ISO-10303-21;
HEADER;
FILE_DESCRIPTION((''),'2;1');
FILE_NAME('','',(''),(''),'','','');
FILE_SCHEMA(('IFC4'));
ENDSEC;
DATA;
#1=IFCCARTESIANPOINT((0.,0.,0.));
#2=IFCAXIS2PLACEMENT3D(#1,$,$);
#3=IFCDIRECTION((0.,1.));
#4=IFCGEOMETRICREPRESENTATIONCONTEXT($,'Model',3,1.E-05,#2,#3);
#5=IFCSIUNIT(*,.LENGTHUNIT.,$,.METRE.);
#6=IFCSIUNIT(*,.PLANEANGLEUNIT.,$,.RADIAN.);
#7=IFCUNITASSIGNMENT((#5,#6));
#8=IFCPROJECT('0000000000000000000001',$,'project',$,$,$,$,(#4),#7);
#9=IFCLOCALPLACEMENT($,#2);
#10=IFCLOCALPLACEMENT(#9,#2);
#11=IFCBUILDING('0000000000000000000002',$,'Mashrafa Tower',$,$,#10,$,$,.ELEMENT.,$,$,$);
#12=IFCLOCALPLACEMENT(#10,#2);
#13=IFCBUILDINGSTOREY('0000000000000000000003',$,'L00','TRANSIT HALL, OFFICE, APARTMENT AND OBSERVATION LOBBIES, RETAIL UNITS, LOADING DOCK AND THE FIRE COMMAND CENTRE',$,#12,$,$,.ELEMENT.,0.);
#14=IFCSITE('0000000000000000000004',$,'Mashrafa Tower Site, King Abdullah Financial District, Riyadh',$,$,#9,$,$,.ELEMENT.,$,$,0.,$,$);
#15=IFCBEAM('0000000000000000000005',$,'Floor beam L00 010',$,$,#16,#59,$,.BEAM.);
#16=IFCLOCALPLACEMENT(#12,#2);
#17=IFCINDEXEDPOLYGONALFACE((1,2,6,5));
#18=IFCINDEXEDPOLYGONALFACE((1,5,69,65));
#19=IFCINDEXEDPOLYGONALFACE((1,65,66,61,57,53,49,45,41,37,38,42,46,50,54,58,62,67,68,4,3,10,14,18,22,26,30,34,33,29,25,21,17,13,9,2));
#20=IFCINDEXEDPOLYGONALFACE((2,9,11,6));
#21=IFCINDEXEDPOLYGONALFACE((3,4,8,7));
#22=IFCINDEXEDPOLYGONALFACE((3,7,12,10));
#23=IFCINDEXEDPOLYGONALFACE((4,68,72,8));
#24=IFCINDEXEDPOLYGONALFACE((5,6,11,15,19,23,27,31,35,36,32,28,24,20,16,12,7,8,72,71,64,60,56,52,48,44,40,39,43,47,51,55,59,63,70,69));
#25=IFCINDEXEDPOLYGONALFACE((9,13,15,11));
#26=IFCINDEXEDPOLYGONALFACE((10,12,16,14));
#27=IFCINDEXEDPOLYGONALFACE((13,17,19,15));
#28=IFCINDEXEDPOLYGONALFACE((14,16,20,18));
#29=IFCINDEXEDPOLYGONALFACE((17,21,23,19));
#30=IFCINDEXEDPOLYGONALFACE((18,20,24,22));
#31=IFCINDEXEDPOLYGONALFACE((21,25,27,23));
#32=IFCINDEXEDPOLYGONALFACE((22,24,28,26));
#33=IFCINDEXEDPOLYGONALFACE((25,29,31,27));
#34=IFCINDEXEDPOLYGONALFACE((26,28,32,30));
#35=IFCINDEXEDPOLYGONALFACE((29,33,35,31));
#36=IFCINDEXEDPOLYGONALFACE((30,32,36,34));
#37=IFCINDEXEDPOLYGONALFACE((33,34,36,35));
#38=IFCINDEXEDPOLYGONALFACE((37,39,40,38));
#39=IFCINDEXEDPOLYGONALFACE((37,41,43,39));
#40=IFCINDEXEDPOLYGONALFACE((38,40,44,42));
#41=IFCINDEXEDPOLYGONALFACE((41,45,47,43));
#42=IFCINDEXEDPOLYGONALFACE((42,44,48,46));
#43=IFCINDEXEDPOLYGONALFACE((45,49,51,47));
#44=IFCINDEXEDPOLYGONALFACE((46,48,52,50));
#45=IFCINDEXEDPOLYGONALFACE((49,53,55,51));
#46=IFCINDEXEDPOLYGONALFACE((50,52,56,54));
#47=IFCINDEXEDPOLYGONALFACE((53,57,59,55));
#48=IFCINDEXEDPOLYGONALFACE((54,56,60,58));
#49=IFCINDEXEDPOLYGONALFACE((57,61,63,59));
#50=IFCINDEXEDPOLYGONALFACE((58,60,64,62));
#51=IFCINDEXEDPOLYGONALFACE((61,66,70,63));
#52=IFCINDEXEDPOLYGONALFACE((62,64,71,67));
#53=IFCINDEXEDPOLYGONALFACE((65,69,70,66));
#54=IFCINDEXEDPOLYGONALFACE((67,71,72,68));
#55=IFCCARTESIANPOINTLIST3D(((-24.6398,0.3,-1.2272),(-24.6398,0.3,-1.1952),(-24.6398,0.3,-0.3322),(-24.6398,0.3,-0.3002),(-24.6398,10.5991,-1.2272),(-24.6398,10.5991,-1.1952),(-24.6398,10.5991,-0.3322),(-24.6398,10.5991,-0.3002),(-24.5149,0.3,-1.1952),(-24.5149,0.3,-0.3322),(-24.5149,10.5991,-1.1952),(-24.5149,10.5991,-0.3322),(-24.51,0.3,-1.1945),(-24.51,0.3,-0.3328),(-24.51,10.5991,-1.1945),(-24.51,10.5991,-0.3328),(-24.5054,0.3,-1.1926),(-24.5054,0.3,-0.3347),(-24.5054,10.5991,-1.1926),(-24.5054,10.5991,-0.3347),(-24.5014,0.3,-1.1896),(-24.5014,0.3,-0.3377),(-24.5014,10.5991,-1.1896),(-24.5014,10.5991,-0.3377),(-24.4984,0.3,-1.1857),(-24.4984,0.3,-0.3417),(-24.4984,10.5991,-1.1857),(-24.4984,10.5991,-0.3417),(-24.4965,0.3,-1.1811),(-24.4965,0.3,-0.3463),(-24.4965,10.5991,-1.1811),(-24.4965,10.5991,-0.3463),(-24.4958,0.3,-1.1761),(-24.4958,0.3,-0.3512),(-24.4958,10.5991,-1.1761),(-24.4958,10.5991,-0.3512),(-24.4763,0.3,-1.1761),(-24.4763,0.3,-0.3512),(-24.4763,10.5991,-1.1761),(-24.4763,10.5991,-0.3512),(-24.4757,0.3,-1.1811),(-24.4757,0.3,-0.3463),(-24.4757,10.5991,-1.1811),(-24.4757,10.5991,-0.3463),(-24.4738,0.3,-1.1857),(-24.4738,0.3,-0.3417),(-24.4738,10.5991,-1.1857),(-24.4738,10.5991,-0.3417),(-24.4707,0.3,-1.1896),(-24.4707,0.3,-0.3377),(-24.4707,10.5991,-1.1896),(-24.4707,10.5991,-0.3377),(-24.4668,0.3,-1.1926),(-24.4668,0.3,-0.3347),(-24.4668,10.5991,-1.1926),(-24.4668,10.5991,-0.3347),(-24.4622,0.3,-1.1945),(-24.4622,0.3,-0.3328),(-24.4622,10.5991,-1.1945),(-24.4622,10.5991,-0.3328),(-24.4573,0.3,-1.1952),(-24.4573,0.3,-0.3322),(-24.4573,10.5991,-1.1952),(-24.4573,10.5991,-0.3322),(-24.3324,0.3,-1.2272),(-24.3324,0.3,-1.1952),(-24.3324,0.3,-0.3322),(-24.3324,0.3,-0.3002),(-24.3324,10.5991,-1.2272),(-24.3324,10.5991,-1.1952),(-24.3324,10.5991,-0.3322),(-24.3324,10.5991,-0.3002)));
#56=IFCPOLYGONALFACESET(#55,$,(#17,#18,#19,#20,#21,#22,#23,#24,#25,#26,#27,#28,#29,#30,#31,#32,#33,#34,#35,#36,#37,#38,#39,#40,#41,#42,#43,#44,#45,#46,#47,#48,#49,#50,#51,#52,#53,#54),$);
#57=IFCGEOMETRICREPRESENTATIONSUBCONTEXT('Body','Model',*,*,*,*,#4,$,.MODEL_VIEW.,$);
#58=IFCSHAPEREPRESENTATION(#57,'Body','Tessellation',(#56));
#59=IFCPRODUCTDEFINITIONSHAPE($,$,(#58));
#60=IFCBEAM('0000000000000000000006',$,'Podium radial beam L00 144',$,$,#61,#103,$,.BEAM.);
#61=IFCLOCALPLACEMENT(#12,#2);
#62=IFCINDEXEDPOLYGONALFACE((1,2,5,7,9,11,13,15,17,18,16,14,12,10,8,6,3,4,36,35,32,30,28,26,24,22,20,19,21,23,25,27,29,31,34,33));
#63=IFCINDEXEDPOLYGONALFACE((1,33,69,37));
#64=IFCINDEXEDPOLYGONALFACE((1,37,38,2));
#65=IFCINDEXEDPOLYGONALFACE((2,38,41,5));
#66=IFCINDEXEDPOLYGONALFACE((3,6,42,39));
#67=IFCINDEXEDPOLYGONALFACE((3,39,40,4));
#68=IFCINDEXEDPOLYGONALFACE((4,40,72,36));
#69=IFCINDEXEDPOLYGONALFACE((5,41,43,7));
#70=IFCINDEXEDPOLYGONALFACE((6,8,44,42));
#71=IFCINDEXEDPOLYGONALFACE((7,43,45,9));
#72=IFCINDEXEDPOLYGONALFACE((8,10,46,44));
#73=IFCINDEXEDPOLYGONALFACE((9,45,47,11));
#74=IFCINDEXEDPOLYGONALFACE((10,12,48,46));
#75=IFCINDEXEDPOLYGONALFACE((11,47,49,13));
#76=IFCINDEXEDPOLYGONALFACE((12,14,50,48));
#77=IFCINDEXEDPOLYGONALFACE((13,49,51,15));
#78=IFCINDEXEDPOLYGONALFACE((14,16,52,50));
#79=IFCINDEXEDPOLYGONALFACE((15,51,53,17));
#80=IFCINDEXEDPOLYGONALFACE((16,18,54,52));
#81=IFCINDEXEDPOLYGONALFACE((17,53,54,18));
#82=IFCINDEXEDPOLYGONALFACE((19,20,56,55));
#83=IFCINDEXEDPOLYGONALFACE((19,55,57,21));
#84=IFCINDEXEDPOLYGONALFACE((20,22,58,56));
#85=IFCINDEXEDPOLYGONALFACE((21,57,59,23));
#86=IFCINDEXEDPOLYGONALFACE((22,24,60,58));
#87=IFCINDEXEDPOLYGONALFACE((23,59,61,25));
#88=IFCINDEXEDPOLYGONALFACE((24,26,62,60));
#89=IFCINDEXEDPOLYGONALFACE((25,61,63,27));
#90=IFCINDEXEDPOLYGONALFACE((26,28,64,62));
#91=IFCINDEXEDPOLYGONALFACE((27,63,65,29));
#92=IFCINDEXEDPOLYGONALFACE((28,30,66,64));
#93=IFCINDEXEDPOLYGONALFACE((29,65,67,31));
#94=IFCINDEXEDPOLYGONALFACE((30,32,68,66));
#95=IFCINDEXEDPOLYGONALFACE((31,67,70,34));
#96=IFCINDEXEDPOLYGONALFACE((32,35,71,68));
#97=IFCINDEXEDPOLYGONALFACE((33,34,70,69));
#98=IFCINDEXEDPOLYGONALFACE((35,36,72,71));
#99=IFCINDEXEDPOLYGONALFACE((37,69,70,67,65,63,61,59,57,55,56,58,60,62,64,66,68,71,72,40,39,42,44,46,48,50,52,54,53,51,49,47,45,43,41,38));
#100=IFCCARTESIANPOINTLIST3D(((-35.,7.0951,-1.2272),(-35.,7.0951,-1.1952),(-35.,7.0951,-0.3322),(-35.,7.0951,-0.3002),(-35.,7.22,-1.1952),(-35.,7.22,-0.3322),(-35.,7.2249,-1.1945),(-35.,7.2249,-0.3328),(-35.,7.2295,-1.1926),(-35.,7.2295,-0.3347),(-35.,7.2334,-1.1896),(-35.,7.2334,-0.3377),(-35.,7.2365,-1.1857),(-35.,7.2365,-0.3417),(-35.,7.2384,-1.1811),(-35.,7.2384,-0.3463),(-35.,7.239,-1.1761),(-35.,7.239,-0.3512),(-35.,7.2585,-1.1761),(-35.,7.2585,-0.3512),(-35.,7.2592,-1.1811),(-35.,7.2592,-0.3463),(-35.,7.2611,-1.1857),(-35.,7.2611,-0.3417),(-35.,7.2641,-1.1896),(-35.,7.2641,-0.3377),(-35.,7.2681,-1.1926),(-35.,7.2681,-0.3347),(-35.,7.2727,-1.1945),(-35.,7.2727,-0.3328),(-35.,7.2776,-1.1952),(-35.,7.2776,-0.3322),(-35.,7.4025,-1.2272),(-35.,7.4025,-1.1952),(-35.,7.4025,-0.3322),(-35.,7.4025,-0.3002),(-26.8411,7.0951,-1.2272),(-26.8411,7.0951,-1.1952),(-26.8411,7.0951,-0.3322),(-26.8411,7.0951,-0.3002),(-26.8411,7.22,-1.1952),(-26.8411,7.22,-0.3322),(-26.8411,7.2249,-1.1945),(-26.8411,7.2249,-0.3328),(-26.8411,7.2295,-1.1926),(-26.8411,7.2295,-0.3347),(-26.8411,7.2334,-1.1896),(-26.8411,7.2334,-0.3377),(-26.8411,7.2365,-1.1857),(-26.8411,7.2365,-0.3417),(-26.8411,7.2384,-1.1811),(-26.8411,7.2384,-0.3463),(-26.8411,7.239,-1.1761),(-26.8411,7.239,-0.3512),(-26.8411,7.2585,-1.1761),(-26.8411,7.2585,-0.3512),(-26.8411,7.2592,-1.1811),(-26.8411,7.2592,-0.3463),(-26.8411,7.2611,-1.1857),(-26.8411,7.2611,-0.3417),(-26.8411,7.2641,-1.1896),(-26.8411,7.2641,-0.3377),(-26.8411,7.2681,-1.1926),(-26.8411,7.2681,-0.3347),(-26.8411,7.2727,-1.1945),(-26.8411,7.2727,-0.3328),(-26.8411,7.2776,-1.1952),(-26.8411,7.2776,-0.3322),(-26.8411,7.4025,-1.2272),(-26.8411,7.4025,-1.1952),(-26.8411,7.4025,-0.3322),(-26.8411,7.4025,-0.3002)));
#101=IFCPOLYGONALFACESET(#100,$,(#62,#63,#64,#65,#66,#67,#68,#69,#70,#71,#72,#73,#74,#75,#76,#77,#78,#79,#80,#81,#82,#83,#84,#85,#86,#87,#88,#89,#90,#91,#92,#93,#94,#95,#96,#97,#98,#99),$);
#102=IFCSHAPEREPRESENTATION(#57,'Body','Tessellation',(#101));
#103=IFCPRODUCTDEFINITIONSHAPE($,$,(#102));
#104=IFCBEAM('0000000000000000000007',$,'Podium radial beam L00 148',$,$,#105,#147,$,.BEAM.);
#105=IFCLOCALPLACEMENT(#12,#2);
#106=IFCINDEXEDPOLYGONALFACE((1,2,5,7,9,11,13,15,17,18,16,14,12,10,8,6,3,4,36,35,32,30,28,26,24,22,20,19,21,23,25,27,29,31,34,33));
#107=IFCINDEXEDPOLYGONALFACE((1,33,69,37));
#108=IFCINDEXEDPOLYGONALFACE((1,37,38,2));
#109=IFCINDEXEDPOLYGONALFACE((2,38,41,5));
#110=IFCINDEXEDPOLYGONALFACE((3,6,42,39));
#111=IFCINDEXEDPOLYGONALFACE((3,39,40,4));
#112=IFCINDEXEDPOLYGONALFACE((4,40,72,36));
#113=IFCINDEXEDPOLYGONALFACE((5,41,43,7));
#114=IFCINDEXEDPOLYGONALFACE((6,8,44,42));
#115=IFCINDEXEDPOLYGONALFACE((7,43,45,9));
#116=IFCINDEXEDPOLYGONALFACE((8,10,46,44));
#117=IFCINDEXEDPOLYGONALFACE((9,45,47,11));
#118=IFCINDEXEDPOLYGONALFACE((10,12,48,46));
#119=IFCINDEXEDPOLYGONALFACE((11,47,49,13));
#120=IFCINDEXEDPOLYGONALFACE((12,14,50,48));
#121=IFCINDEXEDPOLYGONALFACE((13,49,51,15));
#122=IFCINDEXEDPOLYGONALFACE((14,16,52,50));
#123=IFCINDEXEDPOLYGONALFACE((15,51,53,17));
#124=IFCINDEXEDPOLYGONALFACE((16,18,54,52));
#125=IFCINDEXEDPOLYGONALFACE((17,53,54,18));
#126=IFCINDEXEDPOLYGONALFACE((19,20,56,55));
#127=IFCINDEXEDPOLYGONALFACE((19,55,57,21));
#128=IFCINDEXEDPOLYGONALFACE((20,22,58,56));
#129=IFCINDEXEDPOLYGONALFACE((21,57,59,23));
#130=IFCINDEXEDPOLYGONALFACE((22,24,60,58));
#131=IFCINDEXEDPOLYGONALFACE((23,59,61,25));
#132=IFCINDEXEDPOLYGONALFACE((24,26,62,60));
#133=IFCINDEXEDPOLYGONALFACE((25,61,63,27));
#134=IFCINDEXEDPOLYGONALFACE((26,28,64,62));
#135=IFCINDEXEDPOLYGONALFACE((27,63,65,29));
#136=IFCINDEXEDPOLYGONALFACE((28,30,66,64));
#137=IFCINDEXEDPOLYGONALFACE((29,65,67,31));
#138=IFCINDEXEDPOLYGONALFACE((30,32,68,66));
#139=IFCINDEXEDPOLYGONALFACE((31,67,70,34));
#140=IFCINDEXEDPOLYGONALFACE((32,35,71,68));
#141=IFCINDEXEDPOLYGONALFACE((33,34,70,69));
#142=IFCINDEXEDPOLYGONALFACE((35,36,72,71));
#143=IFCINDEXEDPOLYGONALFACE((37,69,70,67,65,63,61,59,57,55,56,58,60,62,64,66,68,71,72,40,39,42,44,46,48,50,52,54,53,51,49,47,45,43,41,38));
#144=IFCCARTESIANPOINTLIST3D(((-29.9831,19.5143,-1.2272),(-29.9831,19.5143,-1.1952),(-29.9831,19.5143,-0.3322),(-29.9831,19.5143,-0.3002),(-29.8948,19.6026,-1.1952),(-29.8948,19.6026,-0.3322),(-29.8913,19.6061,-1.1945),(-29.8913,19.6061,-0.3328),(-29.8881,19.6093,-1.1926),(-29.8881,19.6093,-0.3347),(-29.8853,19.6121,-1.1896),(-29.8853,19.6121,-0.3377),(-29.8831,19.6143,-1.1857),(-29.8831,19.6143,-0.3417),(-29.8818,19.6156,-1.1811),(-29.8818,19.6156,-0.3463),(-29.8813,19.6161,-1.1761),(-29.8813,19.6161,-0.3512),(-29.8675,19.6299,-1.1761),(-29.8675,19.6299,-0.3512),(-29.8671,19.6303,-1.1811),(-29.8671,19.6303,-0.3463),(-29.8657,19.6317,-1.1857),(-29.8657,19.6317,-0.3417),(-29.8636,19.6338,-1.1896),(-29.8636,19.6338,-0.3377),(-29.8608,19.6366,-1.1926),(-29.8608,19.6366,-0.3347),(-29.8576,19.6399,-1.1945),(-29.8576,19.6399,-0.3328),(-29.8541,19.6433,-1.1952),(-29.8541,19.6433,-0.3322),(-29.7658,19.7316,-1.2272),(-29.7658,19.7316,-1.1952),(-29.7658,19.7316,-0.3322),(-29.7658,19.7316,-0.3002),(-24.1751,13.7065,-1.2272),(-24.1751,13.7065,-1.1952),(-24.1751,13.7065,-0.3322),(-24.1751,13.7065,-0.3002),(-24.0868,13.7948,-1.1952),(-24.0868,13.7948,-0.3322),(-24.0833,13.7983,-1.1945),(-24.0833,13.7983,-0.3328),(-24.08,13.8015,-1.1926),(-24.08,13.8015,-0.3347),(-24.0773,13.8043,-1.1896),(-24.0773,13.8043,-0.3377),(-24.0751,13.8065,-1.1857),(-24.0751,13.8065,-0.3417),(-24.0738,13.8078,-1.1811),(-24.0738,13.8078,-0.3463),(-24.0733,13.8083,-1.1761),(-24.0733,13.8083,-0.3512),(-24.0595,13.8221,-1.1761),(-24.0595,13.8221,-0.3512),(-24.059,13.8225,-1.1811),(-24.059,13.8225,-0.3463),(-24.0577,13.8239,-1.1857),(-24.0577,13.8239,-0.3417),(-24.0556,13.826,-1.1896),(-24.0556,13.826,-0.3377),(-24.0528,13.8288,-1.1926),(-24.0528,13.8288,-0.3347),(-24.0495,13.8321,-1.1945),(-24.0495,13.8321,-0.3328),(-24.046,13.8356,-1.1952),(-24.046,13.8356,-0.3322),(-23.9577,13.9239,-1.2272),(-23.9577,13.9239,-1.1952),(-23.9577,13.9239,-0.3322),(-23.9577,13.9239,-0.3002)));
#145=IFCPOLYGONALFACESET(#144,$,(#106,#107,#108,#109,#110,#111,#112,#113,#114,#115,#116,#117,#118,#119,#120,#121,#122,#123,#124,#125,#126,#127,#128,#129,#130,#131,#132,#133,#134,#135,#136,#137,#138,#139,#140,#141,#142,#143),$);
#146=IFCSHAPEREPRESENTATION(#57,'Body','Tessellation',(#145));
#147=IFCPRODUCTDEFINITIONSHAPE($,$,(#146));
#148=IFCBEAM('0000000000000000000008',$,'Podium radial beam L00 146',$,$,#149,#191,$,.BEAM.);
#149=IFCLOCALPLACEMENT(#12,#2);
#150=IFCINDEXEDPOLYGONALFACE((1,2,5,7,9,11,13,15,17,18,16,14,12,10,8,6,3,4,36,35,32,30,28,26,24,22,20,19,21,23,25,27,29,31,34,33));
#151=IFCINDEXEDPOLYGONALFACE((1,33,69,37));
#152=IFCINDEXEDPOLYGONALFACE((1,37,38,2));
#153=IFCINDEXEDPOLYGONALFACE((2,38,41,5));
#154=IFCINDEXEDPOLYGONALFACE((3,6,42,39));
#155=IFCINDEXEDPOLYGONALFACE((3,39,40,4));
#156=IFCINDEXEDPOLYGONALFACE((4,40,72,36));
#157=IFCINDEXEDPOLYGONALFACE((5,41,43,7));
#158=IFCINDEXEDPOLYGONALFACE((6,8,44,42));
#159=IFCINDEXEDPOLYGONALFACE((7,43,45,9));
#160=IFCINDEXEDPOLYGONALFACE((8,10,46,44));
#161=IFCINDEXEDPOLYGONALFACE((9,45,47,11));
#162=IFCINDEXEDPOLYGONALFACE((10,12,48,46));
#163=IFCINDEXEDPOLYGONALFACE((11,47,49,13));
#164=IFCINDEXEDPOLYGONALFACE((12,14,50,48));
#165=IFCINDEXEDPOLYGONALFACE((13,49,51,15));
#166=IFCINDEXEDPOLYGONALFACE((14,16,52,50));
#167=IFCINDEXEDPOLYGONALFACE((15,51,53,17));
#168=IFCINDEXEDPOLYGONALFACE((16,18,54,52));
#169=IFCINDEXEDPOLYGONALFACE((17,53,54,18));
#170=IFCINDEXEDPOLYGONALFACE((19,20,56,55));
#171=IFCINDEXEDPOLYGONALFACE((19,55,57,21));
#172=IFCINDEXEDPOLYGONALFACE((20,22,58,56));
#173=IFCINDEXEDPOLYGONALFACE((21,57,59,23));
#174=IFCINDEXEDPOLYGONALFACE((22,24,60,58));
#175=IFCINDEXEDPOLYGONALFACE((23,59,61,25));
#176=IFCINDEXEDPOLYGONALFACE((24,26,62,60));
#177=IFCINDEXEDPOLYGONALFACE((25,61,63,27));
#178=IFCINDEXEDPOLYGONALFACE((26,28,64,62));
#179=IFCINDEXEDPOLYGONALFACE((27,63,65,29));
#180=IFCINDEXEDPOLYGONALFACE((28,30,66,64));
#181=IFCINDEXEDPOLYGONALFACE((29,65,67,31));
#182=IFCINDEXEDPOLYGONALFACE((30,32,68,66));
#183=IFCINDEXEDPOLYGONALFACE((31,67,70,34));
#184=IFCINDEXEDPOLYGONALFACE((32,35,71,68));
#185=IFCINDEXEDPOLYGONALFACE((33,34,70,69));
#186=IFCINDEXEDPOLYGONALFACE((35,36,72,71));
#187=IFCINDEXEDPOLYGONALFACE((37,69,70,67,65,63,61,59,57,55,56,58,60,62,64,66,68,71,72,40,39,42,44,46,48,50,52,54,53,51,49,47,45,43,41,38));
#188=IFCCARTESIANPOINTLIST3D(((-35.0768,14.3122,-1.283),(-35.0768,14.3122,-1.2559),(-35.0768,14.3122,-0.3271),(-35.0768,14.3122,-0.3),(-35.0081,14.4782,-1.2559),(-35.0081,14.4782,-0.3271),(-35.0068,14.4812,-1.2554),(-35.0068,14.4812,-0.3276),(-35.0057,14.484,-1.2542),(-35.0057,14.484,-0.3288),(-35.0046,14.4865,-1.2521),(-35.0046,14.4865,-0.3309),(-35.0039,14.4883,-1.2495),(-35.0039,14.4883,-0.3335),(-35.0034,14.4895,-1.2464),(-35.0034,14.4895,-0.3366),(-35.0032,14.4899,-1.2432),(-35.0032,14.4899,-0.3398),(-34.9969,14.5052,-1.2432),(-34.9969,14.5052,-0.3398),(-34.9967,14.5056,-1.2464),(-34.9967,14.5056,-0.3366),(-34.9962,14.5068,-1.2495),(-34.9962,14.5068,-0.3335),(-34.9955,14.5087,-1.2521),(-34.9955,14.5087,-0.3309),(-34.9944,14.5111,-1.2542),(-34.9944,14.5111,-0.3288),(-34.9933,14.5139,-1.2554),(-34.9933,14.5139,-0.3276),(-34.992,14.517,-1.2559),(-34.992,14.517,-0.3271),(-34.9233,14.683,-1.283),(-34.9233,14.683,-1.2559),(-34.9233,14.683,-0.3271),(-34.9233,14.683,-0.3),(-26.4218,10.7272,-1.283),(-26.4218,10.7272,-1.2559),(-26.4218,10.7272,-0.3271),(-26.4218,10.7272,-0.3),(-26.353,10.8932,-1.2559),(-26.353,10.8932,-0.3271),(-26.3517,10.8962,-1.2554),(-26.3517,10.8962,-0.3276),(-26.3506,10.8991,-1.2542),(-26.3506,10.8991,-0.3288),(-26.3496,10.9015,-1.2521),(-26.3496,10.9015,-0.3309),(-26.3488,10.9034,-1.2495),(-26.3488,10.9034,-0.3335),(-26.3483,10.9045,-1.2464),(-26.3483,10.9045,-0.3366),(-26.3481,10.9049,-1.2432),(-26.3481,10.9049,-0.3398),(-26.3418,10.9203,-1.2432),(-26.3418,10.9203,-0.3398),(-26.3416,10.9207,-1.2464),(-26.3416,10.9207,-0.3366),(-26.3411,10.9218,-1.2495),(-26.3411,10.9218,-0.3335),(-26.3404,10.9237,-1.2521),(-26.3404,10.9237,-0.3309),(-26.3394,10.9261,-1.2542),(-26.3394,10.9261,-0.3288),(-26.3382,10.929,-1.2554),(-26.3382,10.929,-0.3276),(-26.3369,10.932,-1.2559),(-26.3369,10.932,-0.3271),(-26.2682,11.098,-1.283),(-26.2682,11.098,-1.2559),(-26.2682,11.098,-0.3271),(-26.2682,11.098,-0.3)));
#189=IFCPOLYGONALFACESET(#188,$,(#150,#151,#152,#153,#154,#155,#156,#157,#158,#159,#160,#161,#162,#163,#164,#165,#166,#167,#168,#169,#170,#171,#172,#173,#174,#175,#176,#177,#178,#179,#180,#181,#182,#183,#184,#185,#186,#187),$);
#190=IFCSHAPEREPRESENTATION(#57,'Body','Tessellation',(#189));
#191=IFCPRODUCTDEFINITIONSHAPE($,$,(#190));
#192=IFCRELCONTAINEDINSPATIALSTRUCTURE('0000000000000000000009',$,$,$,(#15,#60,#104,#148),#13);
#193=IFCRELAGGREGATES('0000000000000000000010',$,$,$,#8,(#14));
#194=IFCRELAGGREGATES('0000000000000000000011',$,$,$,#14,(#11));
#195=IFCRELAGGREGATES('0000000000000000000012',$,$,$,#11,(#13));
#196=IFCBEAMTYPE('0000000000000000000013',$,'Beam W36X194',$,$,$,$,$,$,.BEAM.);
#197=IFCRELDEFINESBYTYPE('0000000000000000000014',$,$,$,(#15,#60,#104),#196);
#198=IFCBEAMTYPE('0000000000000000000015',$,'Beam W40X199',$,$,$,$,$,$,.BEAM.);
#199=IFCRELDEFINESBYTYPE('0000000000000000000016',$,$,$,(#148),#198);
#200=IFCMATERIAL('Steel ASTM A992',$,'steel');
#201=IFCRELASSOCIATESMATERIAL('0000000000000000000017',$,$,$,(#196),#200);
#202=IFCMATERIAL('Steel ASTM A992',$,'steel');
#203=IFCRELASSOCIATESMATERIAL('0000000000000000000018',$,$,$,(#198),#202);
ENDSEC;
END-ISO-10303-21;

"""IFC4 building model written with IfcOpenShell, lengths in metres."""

from ifc_helpers import new_model, si_unit, direction, frame, origin, origin_2d, place, context, subcontext, project, spatial, i_section, extrude, material, material_profile, profile_set, type_object, element, save


model = new_model("IFC4")

# Units and contexts
model_context = context("Model", 3, precision=1e-05, world=origin(), true_north=direction((0.0, 1.0)))
body_context = subcontext(model_context, "Body", "Model", "MODEL_VIEW")
ifc_project = project(units=[si_unit("LENGTHUNIT", "METRE"), si_unit("PLANEANGLEUNIT", "RADIAN")], contexts=[model_context])

# Site, building, storey
site_placement = place(None, origin())
site = spatial("IfcSite", under=ifc_project, at=site_placement, Name="Mashrafa Tower Site, King Abdullah Financial District, Riyadh", CompositionType="ELEMENT", RefElevation=0.0)
building_placement = place(site_placement, origin())
building = spatial("IfcBuilding", under=site, at=building_placement, Name="Mashrafa Tower", CompositionType="ELEMENT")
storey_placement = place(building_placement, origin())
storey = spatial("IfcBuildingStorey", under=building, at=storey_placement, Name="L00", Description="TRANSIT HALL, OFFICE, APARTMENT AND OBSERVATION LOBBIES, RETAIL UNITS, LOADING DOCK AND THE FIRE COMMAND CENTRE", CompositionType="ELEMENT", Elevation=0.0)

# Beams
ifc_material_1 = material(Name="Steel ASTM A992", Category="steel")
ifc_material_profile_1 = material_profile(ifc_material_1, i_section(OverallWidth=0.3074, OverallDepth=0.927, WebThickness=0.0195, FlangeThickness=0.032, FilletRadius=0.019, at=origin_2d()), Name="W36X194")
ifc_profile_set_1 = profile_set([ifc_material_profile_1], Name="Steel ASTM A992")
beam_type_1 = type_object("IfcBeamType", Name="Beam W36X194", PredefinedType="BEAM", material=ifc_profile_set_1)
beam_1_placement = place(storey_placement, frame((-24.4861, 0.3, -0.7637), z_axis=(0.0, 1.0, 0.0), x_axis=(-1.0, 0.0, 0.0)))
element("IfcBeam", 1, at=beam_1_placement, inside=storey, type_object=beam_type_1, Name="Floor beam L00 010", PredefinedType="BEAM", context=body_context, shape_type="SweptSolid", body=[
    extrude(i_section(OverallWidth=0.3074, OverallDepth=0.927, WebThickness=0.0195, FlangeThickness=0.032, FilletRadius=0.019, at=origin_2d()), origin(), (0.0, 0.0, 1.0), 10.2991),
])
beam_2_placement = place(storey_placement, frame((-26.8411, 7.2488, -0.7637), z_axis=(-1.0, 0.0, 0.0), x_axis=(0.0, -1.0, 0.0)))
element("IfcBeam", 2, at=beam_2_placement, inside=storey, type_object=beam_type_1, Name="Podium radial beam L00 144", PredefinedType="BEAM", context=body_context, shape_type="SweptSolid", body=[
    extrude(i_section(OverallWidth=0.3074, OverallDepth=0.927, WebThickness=0.0195, FlangeThickness=0.032, FilletRadius=0.019, at=origin_2d()), origin(), (0.0, 0.0, 1.0), 8.1589),
])
beam_3_placement = place(storey_placement, frame((-24.0664, 13.8152, -0.7637), z_axis=(-0.707122, 0.707092, 0.0), x_axis=(-0.707092, -0.707122, 0.0)))
element("IfcBeam", 3, at=beam_3_placement, inside=storey, type_object=beam_type_1, Name="Podium radial beam L00 148", PredefinedType="BEAM", context=body_context, shape_type="SweptSolid", body=[
    extrude(i_section(OverallWidth=0.3074, OverallDepth=0.927, WebThickness=0.0195, FlangeThickness=0.032, FilletRadius=0.019, at=origin_2d()), origin(), (0.0, 0.0, 1.0), 8.2136),
])
ifc_material_2 = material(Name="Steel ASTM A992", Category="steel")
ifc_material_profile_2 = material_profile(ifc_material_2, i_section(OverallWidth=0.4014, OverallDepth=0.9829, WebThickness=0.0166, FlangeThickness=0.0271, FilletRadius=0.0127, at=origin_2d()), Name="W40X199")
ifc_profile_set_2 = profile_set([ifc_material_profile_2], Name="Steel ASTM A992")
beam_type_2 = type_object("IfcBeamType", Name="Beam W40X199", PredefinedType="BEAM", material=ifc_profile_set_2)
beam_4_placement = place(storey_placement, frame((-26.345, 10.9126, -0.7915), z_axis=(-0.923882, 0.382677, 0.0), x_axis=(-0.382677, -0.923882, 0.0)))
element("IfcBeam", 4, at=beam_4_placement, inside=storey, type_object=beam_type_2, Name="Podium radial beam L00 146", PredefinedType="BEAM", context=body_context, shape_type="SweptSolid", body=[
    extrude(i_section(OverallWidth=0.4014, OverallDepth=0.9829, WebThickness=0.0166, FlangeThickness=0.0271, FilletRadius=0.0127, at=origin_2d()), origin(), (0.0, 0.0, 1.0), 9.3682),
])

save(model, "model.ifc")
